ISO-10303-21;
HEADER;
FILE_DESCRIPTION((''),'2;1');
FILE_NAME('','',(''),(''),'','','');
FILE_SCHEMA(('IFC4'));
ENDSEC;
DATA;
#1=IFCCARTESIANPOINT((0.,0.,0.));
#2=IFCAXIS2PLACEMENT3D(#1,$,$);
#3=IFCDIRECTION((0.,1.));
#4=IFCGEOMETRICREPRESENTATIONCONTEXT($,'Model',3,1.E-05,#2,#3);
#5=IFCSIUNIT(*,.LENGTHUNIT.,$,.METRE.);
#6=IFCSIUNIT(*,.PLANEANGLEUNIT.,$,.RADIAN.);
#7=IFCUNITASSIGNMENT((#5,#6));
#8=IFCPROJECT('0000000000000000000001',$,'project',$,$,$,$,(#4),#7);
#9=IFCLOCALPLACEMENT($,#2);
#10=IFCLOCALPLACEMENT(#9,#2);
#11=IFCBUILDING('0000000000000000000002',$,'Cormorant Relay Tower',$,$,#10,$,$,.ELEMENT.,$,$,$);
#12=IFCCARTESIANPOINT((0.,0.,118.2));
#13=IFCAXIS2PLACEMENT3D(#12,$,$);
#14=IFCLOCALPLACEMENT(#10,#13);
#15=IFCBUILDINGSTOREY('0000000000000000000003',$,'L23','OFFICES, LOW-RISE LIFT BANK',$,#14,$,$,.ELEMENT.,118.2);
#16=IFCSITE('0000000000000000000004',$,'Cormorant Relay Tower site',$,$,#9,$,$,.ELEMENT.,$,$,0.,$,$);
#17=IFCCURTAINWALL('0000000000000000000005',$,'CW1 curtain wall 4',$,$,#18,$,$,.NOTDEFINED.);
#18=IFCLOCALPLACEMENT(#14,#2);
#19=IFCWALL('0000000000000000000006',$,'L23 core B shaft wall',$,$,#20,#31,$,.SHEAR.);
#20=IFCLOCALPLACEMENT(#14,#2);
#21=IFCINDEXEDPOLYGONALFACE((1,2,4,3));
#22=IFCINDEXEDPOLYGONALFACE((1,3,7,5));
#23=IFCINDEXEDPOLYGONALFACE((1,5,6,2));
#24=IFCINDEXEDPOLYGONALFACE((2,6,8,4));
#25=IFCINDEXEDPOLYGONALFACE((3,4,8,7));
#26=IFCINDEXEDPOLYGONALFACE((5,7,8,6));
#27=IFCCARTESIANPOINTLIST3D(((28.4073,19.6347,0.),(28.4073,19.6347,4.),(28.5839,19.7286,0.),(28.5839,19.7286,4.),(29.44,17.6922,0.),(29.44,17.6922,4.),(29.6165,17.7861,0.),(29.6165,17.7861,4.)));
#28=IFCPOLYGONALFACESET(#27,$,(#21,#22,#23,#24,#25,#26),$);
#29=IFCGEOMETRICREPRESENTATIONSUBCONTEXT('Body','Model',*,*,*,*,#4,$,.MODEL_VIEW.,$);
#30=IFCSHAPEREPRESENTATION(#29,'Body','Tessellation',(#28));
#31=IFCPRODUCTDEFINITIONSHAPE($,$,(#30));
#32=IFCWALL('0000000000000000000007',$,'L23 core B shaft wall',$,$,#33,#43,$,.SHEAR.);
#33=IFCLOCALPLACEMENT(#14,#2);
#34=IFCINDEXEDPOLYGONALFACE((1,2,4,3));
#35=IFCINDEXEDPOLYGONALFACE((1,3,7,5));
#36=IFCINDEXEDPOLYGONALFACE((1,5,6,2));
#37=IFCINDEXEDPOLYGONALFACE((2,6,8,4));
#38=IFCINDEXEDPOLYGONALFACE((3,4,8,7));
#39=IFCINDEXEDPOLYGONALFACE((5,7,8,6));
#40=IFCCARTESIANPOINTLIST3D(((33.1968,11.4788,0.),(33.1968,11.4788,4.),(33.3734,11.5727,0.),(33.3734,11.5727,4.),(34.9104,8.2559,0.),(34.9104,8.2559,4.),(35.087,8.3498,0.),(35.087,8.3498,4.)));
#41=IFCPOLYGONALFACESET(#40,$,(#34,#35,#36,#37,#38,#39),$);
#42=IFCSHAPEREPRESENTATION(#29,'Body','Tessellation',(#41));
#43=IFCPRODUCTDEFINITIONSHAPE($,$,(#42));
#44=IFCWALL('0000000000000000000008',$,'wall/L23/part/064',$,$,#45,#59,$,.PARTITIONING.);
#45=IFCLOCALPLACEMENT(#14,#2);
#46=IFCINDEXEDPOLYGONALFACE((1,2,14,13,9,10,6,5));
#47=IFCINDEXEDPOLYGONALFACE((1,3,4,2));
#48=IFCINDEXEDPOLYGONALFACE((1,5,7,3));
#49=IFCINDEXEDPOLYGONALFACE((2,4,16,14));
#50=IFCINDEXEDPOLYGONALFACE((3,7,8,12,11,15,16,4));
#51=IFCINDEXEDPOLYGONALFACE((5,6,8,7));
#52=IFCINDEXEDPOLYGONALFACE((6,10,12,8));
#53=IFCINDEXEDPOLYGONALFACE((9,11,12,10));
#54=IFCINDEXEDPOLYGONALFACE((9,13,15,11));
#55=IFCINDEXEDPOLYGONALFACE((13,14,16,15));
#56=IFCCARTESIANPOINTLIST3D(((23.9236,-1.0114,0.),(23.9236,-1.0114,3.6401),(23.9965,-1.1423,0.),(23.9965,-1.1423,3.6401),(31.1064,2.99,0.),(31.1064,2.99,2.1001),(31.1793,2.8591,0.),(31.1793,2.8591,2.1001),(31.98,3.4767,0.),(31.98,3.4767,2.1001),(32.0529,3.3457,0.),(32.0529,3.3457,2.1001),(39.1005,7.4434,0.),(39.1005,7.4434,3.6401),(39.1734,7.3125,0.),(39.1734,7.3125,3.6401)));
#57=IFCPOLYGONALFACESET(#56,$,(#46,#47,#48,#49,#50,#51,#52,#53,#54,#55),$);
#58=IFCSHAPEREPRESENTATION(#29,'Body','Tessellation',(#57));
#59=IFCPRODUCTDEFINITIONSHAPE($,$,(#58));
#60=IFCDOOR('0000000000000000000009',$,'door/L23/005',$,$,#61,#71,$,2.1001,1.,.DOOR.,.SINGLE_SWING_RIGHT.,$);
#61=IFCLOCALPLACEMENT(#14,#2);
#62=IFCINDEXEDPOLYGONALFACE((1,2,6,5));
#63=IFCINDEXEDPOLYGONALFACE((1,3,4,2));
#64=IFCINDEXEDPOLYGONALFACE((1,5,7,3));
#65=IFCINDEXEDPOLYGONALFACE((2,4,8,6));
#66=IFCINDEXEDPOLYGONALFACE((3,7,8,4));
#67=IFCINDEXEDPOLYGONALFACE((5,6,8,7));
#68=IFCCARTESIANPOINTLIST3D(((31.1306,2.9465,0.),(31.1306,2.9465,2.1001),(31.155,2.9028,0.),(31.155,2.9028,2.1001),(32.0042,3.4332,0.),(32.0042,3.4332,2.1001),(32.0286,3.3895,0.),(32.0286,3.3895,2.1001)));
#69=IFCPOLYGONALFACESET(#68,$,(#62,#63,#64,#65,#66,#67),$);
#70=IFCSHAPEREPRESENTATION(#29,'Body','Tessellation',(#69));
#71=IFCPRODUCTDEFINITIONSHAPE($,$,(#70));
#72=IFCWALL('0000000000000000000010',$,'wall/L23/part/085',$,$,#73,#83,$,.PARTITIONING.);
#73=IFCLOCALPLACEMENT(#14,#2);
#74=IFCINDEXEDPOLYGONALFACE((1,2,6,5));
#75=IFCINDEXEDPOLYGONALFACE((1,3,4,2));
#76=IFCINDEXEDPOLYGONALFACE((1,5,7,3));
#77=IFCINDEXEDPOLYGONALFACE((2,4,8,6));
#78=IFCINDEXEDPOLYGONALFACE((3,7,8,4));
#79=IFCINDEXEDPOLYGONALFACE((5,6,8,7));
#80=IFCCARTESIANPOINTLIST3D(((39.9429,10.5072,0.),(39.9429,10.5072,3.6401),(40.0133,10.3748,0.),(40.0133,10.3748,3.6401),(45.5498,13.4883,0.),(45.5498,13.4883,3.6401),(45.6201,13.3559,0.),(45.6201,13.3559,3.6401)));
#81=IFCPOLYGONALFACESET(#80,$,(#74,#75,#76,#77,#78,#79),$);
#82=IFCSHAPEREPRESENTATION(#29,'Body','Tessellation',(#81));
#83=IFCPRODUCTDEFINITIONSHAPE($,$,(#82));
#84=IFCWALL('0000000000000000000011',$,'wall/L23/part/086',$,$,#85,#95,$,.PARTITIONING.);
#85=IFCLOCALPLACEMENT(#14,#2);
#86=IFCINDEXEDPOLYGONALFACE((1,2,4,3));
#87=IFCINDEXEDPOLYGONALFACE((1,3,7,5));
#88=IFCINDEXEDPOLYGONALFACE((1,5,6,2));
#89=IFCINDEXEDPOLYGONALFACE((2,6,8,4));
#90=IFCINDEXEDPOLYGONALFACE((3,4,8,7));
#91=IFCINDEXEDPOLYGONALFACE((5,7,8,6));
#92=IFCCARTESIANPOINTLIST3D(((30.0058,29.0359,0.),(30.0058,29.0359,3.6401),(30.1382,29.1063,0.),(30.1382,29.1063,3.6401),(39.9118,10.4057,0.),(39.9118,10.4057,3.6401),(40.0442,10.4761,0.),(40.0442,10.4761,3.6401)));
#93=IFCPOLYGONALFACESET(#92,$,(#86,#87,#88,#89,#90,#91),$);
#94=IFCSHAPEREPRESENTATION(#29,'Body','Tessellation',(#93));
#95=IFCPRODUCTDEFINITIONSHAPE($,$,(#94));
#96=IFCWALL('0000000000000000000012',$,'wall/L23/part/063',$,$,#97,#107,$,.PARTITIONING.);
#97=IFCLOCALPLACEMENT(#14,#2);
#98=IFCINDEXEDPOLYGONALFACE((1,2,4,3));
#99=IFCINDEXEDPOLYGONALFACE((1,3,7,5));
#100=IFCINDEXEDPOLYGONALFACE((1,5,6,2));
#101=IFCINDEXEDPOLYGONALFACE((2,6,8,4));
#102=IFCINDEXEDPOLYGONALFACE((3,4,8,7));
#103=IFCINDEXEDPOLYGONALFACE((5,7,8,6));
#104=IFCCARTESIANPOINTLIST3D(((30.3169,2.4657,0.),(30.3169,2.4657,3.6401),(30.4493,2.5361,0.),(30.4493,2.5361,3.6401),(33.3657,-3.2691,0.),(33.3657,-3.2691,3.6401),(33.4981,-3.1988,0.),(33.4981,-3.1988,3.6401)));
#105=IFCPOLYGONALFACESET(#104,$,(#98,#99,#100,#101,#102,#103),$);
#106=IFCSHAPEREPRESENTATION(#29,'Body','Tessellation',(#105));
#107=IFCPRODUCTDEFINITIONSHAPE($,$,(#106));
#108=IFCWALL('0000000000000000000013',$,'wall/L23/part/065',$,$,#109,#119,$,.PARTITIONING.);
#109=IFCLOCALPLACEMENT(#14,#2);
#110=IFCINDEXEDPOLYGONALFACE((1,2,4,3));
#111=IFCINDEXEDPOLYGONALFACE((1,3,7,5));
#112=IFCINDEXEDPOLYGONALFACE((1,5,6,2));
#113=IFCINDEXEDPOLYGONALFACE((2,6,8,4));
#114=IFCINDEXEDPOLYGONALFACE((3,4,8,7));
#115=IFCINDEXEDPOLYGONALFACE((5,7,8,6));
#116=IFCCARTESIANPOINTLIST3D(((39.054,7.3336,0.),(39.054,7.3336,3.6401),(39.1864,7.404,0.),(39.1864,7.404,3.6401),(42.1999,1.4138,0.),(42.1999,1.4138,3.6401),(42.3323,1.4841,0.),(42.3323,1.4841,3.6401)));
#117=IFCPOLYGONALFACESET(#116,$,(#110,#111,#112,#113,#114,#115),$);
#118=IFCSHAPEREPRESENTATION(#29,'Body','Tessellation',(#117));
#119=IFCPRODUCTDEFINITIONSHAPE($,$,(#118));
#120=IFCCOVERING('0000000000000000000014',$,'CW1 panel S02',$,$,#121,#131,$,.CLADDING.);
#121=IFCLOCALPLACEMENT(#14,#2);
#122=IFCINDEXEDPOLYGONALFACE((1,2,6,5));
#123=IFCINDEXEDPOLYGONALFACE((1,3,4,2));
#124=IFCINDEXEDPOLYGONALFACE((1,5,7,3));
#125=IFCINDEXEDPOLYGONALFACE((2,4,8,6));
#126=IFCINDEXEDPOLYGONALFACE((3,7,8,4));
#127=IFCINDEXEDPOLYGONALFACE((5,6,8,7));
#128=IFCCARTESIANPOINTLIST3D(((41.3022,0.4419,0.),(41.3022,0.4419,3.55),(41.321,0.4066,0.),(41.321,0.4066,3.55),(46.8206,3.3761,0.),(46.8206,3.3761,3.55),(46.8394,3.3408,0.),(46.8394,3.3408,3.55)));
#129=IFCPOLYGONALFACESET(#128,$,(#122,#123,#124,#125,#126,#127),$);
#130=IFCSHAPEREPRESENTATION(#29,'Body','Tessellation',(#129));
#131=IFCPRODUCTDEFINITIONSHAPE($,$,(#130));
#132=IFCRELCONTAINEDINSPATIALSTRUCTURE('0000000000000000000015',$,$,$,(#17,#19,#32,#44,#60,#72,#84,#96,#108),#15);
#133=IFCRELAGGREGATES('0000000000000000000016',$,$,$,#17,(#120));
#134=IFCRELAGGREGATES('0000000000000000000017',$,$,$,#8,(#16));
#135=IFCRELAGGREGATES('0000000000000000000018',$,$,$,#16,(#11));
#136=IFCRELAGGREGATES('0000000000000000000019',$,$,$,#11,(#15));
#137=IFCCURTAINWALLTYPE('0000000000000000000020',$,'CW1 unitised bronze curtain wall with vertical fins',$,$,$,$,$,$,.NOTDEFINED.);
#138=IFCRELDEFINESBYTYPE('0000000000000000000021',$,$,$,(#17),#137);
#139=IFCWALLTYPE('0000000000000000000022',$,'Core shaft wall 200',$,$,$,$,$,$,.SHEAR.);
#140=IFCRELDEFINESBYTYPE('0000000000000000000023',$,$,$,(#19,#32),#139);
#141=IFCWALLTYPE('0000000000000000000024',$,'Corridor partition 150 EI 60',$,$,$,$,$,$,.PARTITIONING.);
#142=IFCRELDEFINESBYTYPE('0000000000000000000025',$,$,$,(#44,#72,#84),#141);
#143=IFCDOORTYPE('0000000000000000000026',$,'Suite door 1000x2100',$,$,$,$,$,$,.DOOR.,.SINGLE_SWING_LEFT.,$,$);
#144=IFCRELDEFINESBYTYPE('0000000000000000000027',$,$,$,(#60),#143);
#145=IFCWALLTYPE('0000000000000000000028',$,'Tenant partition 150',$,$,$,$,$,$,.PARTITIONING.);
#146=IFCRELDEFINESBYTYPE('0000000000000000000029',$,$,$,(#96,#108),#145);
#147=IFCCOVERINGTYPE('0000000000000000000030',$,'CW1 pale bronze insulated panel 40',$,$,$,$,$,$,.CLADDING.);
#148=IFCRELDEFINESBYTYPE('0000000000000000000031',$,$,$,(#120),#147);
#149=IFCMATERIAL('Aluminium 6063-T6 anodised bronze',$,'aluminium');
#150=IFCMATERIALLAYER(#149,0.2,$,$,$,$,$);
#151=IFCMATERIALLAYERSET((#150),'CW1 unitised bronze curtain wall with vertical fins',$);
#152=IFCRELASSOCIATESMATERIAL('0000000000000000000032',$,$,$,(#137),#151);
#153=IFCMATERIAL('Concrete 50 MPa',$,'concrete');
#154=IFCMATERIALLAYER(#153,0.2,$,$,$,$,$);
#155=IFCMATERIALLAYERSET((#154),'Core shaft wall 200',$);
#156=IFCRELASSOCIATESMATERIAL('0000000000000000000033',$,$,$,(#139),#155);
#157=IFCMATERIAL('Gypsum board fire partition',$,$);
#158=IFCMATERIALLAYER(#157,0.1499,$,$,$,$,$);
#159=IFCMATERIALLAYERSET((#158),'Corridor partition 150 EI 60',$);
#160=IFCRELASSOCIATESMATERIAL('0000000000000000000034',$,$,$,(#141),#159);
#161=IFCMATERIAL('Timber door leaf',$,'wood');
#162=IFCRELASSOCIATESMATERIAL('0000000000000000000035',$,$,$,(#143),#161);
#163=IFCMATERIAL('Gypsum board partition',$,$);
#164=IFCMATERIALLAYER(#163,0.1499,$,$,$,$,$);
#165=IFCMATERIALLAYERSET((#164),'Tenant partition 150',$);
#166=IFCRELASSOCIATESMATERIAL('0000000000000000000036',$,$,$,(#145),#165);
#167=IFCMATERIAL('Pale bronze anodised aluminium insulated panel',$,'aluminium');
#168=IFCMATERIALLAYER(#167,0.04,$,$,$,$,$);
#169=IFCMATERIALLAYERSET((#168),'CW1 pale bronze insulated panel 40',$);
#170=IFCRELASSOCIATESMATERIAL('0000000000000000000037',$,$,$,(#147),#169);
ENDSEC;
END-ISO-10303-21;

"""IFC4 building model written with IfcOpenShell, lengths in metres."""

from ifc_helpers import new_model, si_unit, direction, frame, frame_2d, origin, origin_2d, place, context, subcontext, project, spatial, rectangle, extrude, material, layer, layer_set, type_object, element, fill, aggregate, save


model = new_model("IFC4")

# Units and contexts
model_context = context("Model", 3, precision=1e-05, world=origin(), true_north=direction((0.0, 1.0)))
body_context = subcontext(model_context, "Body", "Model", "MODEL_VIEW")
ifc_project = project(units=[si_unit("LENGTHUNIT", "METRE"), si_unit("PLANEANGLEUNIT", "RADIAN")], contexts=[model_context])

# Site, building, storey
site_placement = place(None, origin())
site = spatial("IfcSite", under=ifc_project, at=site_placement, Name="Cormorant Relay Tower site", CompositionType="ELEMENT", RefElevation=0.0)
building_placement = place(site_placement, origin())
building = spatial("IfcBuilding", under=site, at=building_placement, Name="Cormorant Relay Tower", CompositionType="ELEMENT")
storey_placement = place(building_placement, frame((0.0, 0.0, 118.2)))
storey = spatial("IfcBuildingStorey", under=building, at=storey_placement, Name="L23", Description="OFFICES, LOW-RISE LIFT BANK", CompositionType="ELEMENT", Elevation=118.2)

# Curtain wall
ifc_material_1 = material(Name="Aluminium 6063-T6 anodised bronze", Category="aluminium")
ifc_layer_1 = layer(ifc_material_1, 0.2)
ifc_layer_set_1 = layer_set([ifc_layer_1], Name="CW1 unitised bronze curtain wall with vertical fins")
curtain_wall_type = type_object("IfcCurtainWallType", Name="CW1 unitised bronze curtain wall with vertical fins", PredefinedType="NOTDEFINED", material=ifc_layer_set_1)
curtain_wall_placement = place(storey_placement, origin())
curtain_wall = element("IfcCurtainWall", 1, at=curtain_wall_placement, inside=storey, type_object=curtain_wall_type, Name="CW1 curtain wall 4", PredefinedType="NOTDEFINED")

# Shared definitions
ifc_material_2 = material(Name="Concrete 50 MPa", Category="concrete")
ifc_layer_2 = layer(ifc_material_2, 0.2)
ifc_layer_set_2 = layer_set([ifc_layer_2], Name="Core shaft wall 200")
wall_type_1 = type_object("IfcWallType", Name="Core shaft wall 200", PredefinedType="SHEAR", material=ifc_layer_set_2)

# Walls
wall_1_placement = place(storey_placement, frame((29.5283, 17.739, 0.0), z_axis=(0.0, 0.0, 1.0), x_axis=(-0.469401, 0.882985, 0.0)))
element("IfcWall", 2, at=wall_1_placement, inside=storey, type_object=wall_type_1, Name="L23 core B shaft wall", PredefinedType="SHEAR", context=body_context, shape_type="SweptSolid", body=[
    extrude(rectangle(XDim=2.2, YDim=0.2, at=frame_2d((1.1001, 0.0))), origin(), (0.0, 0.0, 1.0), 4.0),
])
wall_2_placement = place(storey_placement, frame((34.9988, 8.3027, 0.0), z_axis=(0.0, 0.0, 1.0), x_axis=(-0.469467, 0.88295, 0.0)))
element("IfcWall", 3, at=wall_2_placement, inside=storey, type_object=wall_type_1, Name="L23 core B shaft wall", PredefinedType="SHEAR", context=body_context, shape_type="SweptSolid", body=[
    extrude(rectangle(XDim=3.6501, YDim=0.2, at=frame_2d((1.8252, 0.0))), origin(), (0.0, 0.0, 1.0), 4.0),
])

# Wall, opening, door
ifc_material_3 = material(Name="Gypsum board fire partition")
ifc_layer_3 = layer(ifc_material_3, 0.1499)
ifc_layer_set_3 = layer_set([ifc_layer_3], Name="Corridor partition 150 EI 60")
wall_type_2 = type_object("IfcWallType", Name="Corridor partition 150 EI 60", PredefinedType="PARTITIONING", material=ifc_layer_set_3)
wall_3_placement = place(storey_placement, frame((39.137, 7.3779, 0.0), z_axis=(0.0, 0.0, 1.0), x_axis=(-0.873591, -0.486662, 0.0)))
wall_3 = element("IfcWall", 4, at=wall_3_placement, inside=storey, type_object=wall_type_2, Name="wall/L23/part/064", PredefinedType="PARTITIONING", context=body_context, shape_type="SweptSolid", body=[
    extrude(rectangle(XDim=17.373, YDim=0.1499, at=frame_2d((8.6865, 0.0))), origin(), (0.0, 0.0, 1.0), 3.6401),
])
opening_1_placement = place(wall_3_placement, frame((8.1509, 0.0, 0.0)))
opening_1 = element("IfcOpeningElement", 5, at=opening_1_placement, cuts=wall_3, PredefinedType="OPENING", context=body_context, shape_type="SweptSolid", body=[
    extrude(rectangle(XDim=1.0, YDim=2.1001, at=frame_2d((0.5, 1.05))), frame((0.0, 0.085, 0.0), z_axis=(0.0, -1.0, 0.0), x_axis=(1.0, 0.0, 0.0)), (0.0, 0.0, 1.0), 0.1699),
])
ifc_material_4 = material(Name="Timber door leaf", Category="wood")
door_type_1 = type_object("IfcDoorType", Name="Suite door 1000x2100", OperationType="SINGLE_SWING_LEFT", PredefinedType="DOOR", material=ifc_material_4)
door_1_placement = place(opening_1_placement, origin())
door_1 = element("IfcDoor", 6, at=door_1_placement, inside=storey, type_object=door_type_1, Name="door/L23/005", OperationType="SINGLE_SWING_RIGHT", OverallHeight=2.1001, OverallWidth=1.0, PredefinedType="DOOR", context=body_context, shape_type="SweptSolid", body=[
    extrude(rectangle(XDim=1.0, YDim=2.1001, at=frame_2d((0.5, 1.05))), frame((0.0, 0.0249, 0.0), z_axis=(0.0, -1.0, 0.0), x_axis=(1.0, 0.0, 0.0)), (0.0, 0.0, 1.0), 0.05),
])
fill(opening_1, door_1)

# Walls
wall_4_placement = place(storey_placement, frame((45.585, 13.4221, 0.0), z_axis=(0.0, 0.0, 1.0), x_axis=(-0.882951, -0.469464, 0.0)))
element("IfcWall", 7, at=wall_4_placement, inside=storey, type_object=wall_type_2, Name="wall/L23/part/085", PredefinedType="PARTITIONING", context=body_context, shape_type="SweptSolid", body=[
    extrude(rectangle(XDim=6.3501, YDim=0.1499, at=frame_2d((3.175, 0.0))), origin(), (0.0, 0.0, 1.0), 3.6401),
])
wall_5_placement = place(storey_placement, frame((39.978, 10.4409, 0.0), z_axis=(0.0, 0.0, 1.0), x_axis=(-0.469479, 0.882944, 0.0)))
element("IfcWall", 8, at=wall_5_placement, inside=storey, type_object=wall_type_2, Name="wall/L23/part/086", PredefinedType="PARTITIONING", context=body_context, shape_type="SweptSolid", body=[
    extrude(rectangle(XDim=21.1001, YDim=0.1499, at=frame_2d((10.55, 0.0))), origin(), (0.0, 0.0, 1.0), 3.6401),
])
ifc_material_5 = material(Name="Gypsum board partition")
ifc_layer_4 = layer(ifc_material_5, 0.1499)
ifc_layer_set_4 = layer_set([ifc_layer_4], Name="Tenant partition 150")
wall_type_3 = type_object("IfcWallType", Name="Tenant partition 150", PredefinedType="PARTITIONING", material=ifc_layer_set_4)
wall_6_placement = place(storey_placement, frame((30.3831, 2.501, 0.0), z_axis=(0.0, 0.0, 1.0), x_axis=(0.469417, -0.882976, 0.0)))
element("IfcWall", 9, at=wall_6_placement, inside=storey, type_object=wall_type_3, Name="wall/L23/part/063", PredefinedType="PARTITIONING", context=body_context, shape_type="SweptSolid", body=[
    extrude(rectangle(XDim=6.4949, YDim=0.1499, at=frame_2d((3.2476, 0.0))), origin(), (0.0, 0.0, 1.0), 3.6401),
])
wall_7_placement = place(storey_placement, frame((39.1201, 7.3689, 0.0), z_axis=(0.0, 0.0, 1.0), x_axis=(0.469276, -0.883052, 0.0)))
element("IfcWall", 10, at=wall_7_placement, inside=storey, type_object=wall_type_3, Name="wall/L23/part/065", PredefinedType="PARTITIONING", context=body_context, shape_type="SweptSolid", body=[
    extrude(rectangle(XDim=6.7039, YDim=0.1499, at=frame_2d((3.3521, 0.0))), origin(), (0.0, 0.0, 1.0), 3.6401),
])

# Covering
ifc_material_6 = material(Name="Pale bronze anodised aluminium insulated panel", Category="aluminium")
ifc_layer_5 = layer(ifc_material_6, 0.04)
ifc_layer_set_5 = layer_set([ifc_layer_5], Name="CW1 pale bronze insulated panel 40")
covering_type = type_object("IfcCoveringType", Name="CW1 pale bronze insulated panel 40", PredefinedType="CLADDING", material=ifc_layer_set_5)
covering_placement = place(storey_placement, frame((44.0708, 1.8914, 0.0), z_axis=(0.0, 0.0, 1.0), x_axis=(0.882948, 0.469472, 0.0)))
covering = element("IfcCovering", 11, at=covering_placement, type_object=covering_type, Name="CW1 panel S02", PredefinedType="CLADDING", context=body_context, shape_type="SweptSolid", body=[
    extrude(rectangle(XDim=6.25, YDim=0.04, at=origin_2d()), origin(), (0.0, 0.0, 1.0), 3.55),
])
aggregate(curtain_wall, [covering])

save(model, "model.ifc")
